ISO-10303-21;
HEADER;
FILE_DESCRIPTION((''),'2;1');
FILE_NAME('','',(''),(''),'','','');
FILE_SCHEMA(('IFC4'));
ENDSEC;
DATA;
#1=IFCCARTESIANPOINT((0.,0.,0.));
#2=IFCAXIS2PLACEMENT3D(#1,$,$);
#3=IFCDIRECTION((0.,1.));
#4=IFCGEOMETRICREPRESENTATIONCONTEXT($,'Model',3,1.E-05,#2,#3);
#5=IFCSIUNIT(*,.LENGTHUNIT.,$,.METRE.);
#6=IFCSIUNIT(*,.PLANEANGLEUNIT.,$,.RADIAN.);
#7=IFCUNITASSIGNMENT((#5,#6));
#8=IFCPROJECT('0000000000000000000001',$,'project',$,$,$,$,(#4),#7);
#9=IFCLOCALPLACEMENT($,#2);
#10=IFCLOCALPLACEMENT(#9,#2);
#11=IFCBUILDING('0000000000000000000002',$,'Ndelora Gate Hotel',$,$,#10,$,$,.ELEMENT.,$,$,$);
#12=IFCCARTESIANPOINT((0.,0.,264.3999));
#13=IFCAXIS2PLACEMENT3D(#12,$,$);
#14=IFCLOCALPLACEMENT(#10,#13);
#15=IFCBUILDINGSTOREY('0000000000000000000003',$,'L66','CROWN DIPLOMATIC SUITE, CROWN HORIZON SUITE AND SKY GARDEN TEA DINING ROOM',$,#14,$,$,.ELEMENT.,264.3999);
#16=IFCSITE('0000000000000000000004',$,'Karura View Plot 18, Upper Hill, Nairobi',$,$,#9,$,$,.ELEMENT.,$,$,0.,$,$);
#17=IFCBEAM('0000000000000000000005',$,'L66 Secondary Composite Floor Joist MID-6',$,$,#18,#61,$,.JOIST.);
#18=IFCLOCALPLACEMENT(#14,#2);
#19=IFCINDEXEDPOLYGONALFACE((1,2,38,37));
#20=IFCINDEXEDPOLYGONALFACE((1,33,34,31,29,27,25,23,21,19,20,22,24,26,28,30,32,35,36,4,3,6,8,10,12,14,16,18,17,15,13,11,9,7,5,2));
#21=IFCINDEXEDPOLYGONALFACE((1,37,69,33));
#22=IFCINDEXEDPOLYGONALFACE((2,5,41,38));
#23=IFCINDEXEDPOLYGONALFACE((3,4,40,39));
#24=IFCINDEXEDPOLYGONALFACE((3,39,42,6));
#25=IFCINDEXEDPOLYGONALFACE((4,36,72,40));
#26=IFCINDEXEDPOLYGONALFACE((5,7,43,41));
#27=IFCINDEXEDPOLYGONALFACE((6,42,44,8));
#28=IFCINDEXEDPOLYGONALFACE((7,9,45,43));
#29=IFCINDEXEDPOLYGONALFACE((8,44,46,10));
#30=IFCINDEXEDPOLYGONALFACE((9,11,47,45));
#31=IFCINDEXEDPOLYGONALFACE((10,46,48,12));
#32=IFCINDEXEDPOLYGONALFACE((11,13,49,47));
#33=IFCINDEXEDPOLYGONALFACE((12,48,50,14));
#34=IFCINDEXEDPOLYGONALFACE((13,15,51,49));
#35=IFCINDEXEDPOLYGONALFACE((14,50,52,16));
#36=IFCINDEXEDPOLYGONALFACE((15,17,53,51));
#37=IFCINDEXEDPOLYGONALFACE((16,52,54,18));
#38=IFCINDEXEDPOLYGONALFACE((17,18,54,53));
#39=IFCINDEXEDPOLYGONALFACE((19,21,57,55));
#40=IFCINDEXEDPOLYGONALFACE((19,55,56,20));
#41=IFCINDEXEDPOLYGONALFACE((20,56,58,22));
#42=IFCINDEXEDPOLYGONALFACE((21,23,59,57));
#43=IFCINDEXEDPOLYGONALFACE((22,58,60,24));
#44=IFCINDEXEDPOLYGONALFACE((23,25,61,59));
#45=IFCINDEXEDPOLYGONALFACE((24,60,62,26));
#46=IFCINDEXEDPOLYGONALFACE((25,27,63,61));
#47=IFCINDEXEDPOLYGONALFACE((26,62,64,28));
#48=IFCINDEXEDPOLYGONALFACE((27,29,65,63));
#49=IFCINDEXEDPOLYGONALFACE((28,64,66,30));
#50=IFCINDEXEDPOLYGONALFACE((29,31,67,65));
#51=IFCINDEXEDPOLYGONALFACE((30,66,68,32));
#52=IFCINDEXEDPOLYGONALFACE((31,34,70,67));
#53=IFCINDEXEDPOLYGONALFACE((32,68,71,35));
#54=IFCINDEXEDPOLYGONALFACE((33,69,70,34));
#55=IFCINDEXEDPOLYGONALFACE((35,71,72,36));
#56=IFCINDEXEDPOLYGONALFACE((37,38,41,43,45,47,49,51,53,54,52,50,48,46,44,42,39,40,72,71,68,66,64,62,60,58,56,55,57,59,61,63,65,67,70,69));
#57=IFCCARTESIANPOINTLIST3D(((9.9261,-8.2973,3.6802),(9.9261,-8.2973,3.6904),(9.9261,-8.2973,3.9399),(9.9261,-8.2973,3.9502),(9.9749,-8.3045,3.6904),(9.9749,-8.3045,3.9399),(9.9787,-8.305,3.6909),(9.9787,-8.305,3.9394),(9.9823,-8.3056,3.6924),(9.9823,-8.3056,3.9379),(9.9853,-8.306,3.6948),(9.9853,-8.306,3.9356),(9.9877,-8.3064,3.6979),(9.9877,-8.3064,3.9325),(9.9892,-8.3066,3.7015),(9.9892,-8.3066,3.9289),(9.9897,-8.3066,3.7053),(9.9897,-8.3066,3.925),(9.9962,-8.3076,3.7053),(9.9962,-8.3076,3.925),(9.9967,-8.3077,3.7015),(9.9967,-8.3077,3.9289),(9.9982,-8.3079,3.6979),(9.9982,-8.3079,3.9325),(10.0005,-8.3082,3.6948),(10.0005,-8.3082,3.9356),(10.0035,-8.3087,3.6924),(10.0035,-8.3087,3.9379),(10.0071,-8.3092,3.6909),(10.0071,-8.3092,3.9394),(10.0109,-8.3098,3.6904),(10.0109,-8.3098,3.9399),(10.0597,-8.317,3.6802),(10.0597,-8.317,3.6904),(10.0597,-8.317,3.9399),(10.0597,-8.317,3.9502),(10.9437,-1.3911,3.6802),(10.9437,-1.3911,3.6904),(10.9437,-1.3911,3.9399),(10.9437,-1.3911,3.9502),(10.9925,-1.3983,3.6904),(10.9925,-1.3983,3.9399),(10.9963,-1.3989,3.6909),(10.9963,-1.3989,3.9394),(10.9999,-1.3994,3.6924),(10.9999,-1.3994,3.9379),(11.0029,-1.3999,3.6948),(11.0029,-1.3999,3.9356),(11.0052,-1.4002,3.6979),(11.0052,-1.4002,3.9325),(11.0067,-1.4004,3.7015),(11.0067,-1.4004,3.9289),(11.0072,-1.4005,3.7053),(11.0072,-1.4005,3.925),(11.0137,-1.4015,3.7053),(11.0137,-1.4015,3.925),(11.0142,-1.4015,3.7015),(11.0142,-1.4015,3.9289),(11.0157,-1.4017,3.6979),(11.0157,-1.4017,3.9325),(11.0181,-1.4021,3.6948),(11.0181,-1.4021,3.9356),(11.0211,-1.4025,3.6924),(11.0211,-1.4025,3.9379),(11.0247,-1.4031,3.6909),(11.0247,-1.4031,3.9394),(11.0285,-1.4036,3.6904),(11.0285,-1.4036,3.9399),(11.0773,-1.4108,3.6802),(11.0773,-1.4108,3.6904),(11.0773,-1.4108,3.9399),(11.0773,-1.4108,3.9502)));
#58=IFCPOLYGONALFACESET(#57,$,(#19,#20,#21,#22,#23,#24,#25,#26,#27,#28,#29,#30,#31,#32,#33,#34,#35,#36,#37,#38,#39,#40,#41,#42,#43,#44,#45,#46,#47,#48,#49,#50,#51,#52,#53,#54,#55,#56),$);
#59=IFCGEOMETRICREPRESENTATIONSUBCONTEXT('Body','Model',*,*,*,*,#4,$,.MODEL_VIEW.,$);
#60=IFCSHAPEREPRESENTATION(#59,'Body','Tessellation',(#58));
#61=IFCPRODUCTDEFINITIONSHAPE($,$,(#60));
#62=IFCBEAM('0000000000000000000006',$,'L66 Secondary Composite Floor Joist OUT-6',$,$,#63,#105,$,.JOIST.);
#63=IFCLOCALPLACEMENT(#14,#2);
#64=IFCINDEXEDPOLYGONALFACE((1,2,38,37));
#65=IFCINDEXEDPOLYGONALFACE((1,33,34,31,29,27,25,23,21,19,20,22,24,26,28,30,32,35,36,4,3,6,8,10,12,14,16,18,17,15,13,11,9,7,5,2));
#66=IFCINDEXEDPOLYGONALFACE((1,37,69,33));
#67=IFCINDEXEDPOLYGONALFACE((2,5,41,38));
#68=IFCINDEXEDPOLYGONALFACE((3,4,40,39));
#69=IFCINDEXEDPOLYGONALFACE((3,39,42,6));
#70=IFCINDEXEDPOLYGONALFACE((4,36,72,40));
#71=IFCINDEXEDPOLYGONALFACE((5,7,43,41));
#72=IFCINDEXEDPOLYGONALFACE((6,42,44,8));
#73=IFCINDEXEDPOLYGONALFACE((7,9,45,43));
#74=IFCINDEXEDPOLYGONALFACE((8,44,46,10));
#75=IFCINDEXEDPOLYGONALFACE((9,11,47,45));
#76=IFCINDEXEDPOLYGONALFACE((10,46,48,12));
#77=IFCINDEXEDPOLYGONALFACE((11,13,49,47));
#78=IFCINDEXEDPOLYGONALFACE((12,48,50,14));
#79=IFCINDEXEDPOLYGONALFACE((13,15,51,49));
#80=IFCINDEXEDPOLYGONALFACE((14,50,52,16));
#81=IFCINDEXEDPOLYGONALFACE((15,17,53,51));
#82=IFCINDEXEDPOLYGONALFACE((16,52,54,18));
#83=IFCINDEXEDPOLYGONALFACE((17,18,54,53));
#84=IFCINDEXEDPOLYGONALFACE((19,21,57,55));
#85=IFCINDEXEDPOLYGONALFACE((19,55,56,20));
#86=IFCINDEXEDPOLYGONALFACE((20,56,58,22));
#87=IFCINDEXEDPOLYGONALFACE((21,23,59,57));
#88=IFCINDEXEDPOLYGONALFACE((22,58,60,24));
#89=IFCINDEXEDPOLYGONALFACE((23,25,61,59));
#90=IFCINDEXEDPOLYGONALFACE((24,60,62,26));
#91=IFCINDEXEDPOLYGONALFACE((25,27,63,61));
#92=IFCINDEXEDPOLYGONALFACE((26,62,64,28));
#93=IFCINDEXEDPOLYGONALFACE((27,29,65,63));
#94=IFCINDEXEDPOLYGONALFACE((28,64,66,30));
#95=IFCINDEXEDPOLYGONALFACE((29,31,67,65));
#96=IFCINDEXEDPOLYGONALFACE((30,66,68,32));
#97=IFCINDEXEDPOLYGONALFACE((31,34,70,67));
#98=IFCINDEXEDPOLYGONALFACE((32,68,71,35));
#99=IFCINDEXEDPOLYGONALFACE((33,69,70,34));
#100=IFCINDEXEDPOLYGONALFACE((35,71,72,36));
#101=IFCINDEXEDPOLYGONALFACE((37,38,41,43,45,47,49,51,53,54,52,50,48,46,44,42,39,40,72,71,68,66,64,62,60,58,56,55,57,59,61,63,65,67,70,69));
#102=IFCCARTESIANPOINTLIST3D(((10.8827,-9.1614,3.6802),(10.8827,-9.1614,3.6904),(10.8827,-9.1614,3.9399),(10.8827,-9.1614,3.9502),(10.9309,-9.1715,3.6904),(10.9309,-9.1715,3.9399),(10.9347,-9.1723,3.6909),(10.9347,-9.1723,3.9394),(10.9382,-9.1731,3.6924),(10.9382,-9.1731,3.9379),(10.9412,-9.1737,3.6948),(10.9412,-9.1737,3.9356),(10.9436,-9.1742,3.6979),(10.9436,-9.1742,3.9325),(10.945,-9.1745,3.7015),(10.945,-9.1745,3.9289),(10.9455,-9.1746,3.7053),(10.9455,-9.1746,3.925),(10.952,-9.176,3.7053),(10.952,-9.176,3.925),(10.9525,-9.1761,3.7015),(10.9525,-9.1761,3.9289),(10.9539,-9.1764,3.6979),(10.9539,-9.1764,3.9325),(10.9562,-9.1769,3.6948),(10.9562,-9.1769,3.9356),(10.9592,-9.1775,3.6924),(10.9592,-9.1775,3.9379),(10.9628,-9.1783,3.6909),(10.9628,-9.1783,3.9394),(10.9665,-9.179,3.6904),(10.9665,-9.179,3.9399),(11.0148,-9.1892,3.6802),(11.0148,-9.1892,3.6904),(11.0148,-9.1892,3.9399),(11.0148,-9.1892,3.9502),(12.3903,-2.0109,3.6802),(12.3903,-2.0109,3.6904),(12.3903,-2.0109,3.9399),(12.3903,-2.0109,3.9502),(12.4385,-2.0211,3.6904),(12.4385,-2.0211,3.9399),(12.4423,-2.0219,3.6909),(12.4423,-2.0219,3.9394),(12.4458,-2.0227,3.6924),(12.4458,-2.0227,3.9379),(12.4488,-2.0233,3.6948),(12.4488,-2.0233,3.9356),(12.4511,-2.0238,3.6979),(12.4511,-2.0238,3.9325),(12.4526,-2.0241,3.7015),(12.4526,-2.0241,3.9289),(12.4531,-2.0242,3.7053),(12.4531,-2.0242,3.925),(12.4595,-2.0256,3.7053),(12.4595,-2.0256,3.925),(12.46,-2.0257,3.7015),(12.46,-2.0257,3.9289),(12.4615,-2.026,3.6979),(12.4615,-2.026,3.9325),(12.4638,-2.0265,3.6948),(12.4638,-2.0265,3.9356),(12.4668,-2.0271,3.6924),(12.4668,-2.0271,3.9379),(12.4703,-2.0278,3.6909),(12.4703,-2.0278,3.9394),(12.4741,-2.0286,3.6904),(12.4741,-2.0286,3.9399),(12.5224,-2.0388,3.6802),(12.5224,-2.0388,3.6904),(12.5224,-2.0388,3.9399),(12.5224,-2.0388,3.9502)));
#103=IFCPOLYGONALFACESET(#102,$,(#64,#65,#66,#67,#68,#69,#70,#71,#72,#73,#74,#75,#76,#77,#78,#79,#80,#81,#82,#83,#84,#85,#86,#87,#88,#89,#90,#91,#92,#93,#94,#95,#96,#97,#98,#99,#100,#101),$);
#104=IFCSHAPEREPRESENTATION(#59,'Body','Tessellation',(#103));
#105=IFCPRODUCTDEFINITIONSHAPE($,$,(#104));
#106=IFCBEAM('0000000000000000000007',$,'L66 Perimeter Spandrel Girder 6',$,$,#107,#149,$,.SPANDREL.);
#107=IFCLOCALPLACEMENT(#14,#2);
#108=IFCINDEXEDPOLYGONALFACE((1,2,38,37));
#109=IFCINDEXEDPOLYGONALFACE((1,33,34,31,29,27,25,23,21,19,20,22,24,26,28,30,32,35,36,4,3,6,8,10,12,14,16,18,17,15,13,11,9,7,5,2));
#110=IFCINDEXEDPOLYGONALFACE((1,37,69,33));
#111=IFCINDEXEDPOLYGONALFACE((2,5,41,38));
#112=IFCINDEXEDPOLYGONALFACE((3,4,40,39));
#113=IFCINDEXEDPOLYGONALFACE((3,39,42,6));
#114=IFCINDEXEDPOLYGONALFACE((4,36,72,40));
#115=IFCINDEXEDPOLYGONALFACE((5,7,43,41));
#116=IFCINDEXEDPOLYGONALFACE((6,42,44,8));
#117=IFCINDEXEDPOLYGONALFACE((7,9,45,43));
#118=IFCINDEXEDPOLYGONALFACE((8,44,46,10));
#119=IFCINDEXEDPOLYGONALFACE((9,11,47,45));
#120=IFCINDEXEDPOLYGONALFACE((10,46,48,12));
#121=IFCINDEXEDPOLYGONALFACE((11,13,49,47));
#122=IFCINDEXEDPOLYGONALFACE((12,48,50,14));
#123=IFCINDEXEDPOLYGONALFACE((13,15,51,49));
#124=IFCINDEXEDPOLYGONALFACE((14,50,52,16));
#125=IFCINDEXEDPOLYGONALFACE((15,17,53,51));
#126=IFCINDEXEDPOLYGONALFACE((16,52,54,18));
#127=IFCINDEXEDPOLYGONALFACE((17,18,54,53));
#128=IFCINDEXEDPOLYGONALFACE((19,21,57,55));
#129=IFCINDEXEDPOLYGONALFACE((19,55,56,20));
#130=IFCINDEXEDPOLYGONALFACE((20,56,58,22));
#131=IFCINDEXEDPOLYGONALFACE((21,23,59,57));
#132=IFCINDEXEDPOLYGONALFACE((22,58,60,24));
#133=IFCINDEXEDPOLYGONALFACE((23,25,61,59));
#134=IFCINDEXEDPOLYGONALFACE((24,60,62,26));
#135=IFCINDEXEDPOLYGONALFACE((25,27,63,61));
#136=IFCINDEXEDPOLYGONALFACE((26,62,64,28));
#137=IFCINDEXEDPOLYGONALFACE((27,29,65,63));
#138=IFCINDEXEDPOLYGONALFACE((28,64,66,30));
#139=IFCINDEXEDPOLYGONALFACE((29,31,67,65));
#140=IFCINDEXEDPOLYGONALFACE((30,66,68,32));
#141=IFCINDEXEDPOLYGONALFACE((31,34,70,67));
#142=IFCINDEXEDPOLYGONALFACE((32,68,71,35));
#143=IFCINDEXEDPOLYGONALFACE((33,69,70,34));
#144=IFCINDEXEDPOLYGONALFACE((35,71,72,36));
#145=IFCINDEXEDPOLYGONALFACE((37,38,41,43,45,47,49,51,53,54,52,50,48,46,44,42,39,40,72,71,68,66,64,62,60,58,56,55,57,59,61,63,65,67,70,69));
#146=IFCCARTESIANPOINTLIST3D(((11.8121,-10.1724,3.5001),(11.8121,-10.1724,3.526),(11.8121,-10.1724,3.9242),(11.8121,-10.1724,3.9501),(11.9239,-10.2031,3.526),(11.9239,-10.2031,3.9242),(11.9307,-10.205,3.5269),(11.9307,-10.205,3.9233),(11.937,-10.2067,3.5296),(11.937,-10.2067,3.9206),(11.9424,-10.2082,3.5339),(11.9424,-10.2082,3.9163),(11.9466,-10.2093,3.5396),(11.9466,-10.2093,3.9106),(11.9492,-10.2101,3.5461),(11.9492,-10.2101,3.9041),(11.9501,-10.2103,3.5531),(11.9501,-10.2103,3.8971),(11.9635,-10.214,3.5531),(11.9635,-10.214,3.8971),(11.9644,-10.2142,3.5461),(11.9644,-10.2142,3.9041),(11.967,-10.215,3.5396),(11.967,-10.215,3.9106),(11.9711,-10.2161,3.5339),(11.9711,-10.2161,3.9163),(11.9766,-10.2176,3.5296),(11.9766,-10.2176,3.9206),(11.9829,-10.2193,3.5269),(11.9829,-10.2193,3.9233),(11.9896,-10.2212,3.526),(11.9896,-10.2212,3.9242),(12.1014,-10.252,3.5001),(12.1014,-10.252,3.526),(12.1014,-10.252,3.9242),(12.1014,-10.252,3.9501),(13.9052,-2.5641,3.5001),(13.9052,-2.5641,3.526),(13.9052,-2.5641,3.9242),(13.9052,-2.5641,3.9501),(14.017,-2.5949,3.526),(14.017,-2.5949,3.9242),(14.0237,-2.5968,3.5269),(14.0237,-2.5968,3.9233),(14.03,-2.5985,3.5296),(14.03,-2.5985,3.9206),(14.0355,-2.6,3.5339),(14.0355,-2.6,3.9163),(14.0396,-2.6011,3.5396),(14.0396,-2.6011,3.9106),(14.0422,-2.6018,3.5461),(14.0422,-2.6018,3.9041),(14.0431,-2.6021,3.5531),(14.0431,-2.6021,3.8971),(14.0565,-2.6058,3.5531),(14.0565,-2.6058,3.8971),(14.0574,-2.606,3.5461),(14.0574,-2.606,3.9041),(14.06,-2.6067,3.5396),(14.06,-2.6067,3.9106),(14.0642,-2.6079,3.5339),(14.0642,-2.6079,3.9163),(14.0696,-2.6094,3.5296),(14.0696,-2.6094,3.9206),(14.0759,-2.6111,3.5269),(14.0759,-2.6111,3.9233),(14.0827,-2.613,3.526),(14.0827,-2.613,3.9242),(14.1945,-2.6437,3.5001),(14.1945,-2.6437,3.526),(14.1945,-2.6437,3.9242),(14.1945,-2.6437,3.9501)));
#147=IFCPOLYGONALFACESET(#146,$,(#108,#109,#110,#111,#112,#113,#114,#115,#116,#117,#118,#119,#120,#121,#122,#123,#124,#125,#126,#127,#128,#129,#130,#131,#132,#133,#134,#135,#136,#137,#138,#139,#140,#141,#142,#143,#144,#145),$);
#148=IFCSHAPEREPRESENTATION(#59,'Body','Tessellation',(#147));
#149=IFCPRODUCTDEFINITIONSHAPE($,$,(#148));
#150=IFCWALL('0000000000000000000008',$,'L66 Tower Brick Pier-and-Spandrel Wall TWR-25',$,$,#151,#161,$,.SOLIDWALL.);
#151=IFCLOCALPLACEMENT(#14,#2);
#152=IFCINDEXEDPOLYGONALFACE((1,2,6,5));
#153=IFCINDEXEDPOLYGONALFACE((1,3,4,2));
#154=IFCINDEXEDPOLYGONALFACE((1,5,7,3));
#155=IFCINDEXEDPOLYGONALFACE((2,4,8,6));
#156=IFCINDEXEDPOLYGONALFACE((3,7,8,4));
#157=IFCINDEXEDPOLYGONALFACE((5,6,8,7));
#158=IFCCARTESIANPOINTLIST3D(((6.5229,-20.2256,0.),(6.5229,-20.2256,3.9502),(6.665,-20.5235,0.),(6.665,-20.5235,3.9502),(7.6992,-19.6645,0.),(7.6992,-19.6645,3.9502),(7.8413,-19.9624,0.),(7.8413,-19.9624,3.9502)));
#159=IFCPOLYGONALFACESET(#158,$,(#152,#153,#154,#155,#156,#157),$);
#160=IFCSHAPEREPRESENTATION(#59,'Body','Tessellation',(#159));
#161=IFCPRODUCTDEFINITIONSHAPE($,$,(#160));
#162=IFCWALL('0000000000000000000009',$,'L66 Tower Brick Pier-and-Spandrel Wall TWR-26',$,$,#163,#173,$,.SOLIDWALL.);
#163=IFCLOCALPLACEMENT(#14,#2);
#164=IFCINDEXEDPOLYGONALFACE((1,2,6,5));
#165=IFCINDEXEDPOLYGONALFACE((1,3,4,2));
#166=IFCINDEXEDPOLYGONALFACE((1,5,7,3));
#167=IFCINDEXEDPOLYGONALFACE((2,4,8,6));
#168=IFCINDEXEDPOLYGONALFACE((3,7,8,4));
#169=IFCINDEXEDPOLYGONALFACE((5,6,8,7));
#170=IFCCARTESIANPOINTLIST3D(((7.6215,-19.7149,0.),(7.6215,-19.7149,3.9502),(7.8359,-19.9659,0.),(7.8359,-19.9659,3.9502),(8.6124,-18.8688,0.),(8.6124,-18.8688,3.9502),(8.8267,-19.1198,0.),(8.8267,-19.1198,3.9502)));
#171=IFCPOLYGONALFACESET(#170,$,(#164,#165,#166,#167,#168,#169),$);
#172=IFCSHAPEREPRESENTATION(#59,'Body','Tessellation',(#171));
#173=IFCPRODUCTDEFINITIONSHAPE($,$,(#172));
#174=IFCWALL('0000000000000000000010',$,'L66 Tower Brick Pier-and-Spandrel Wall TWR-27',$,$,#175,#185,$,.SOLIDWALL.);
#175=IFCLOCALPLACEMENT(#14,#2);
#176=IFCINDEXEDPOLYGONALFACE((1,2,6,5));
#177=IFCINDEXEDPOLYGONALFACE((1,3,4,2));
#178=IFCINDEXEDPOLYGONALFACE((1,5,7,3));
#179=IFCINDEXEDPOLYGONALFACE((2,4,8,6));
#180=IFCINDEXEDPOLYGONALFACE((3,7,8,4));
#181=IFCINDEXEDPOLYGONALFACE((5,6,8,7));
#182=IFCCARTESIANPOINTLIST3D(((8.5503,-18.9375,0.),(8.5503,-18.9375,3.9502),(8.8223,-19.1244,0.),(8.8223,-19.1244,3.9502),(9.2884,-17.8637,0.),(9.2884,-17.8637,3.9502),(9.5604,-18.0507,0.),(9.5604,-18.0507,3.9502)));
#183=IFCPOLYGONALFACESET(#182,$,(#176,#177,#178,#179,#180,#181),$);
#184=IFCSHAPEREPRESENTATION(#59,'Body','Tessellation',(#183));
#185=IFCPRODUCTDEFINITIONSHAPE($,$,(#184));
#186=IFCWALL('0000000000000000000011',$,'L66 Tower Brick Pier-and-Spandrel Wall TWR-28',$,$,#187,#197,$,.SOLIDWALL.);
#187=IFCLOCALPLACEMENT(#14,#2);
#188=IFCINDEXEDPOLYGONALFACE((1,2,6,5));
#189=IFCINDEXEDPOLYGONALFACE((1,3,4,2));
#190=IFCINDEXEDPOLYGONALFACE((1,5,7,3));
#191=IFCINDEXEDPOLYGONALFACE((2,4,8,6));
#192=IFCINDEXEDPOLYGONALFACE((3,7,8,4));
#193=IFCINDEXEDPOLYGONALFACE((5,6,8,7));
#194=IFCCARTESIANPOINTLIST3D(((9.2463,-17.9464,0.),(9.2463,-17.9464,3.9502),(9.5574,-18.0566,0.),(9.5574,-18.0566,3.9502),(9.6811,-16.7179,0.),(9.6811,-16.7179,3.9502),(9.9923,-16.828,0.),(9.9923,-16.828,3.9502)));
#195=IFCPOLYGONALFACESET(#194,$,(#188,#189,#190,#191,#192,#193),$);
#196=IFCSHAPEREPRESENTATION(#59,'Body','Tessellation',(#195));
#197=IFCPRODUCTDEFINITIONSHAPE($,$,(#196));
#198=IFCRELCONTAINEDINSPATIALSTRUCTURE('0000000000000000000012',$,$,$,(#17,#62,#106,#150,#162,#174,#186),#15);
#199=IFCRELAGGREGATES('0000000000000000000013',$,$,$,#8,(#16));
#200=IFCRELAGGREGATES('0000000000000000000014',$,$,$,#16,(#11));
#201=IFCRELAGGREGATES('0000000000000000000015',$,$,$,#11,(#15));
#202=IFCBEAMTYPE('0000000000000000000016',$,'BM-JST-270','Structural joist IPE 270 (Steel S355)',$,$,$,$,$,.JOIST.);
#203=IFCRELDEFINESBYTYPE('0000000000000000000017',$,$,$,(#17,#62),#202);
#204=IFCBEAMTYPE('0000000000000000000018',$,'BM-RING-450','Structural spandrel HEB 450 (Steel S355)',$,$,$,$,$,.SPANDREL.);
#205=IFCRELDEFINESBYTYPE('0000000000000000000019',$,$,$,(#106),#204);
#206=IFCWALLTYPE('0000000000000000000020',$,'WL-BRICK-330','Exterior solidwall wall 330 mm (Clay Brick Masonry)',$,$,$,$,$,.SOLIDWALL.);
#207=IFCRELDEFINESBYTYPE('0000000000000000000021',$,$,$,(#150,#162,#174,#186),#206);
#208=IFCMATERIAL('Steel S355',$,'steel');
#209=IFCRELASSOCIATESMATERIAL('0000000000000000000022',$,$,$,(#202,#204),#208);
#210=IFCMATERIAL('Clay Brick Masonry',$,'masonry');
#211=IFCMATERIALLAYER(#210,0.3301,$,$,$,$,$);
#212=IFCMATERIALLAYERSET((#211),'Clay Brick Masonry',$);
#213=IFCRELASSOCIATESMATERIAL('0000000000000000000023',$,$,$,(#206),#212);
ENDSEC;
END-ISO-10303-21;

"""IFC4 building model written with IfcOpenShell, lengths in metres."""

from ifc_helpers import new_model, si_unit, direction, frame, frame_2d, origin, origin_2d, place, context, subcontext, project, spatial, rectangle, i_section, extrude, material, layer, layer_set, material_profile, profile_set, type_object, element, save


model = new_model("IFC4")

# Units and contexts
model_context = context("Model", 3, precision=1e-05, world=origin(), true_north=direction((0.0, 1.0)))
body_context = subcontext(model_context, "Body", "Model", "MODEL_VIEW")
ifc_project = project(units=[si_unit("LENGTHUNIT", "METRE"), si_unit("PLANEANGLEUNIT", "RADIAN")], contexts=[model_context])

# Site, building, storey
site_placement = place(None, origin())
site = spatial("IfcSite", under=ifc_project, at=site_placement, Name="Karura View Plot 18, Upper Hill, Nairobi", CompositionType="ELEMENT", RefElevation=0.0)
building_placement = place(site_placement, origin())
building = spatial("IfcBuilding", under=site, at=building_placement, Name="Ndelora Gate Hotel", CompositionType="ELEMENT")
storey_placement = place(building_placement, frame((0.0, 0.0, 264.3999)))
storey = spatial("IfcBuildingStorey", under=building, at=storey_placement, Name="L66", Description="CROWN DIPLOMATIC SUITE, CROWN HORIZON SUITE AND SKY GARDEN TEA DINING ROOM", CompositionType="ELEMENT", Elevation=264.3999)

# Beams
ifc_material_1 = material(Name="Steel S355", Category="steel")
ifc_material_profile_1 = material_profile(ifc_material_1, i_section(OverallWidth=0.135, OverallDepth=0.27, WebThickness=0.0066, FlangeThickness=0.0103, FilletRadius=0.0149, at=origin_2d()), Name="IPE 270")
ifc_profile_set_1 = profile_set([ifc_material_profile_1], Name="Steel S355")
beam_type_1 = type_object("IfcBeamType", Name="BM-JST-270", Description="Structural joist IPE 270 (Steel S355)", PredefinedType="JOIST", material=ifc_profile_set_1)
beam_1_placement = place(storey_placement, frame((9.9929, -8.3071, 3.8152), z_axis=(0.145768, 0.989319, 0.0), x_axis=(-0.989319, 0.145768, 0.0)))
element("IfcBeam", 1, at=beam_1_placement, inside=storey, type_object=beam_type_1, Name="L66 Secondary Composite Floor Joist MID-6", PredefinedType="JOIST", context=body_context, shape_type="SweptSolid", body=[
    extrude(i_section(OverallWidth=0.135, OverallDepth=0.27, WebThickness=0.0066, FlangeThickness=0.0103, FilletRadius=0.0149, at=origin_2d()), origin(), (0.0, 0.0, 1.0), 6.9807),
])
beam_2_placement = place(storey_placement, frame((10.9487, -9.1753, 3.8152), z_axis=(0.206302, 0.978488, 0.0), x_axis=(-0.978488, 0.206302, 0.0)))
element("IfcBeam", 2, at=beam_2_placement, inside=storey, type_object=beam_type_1, Name="L66 Secondary Composite Floor Joist OUT-6", PredefinedType="JOIST", context=body_context, shape_type="SweptSolid", body=[
    extrude(i_section(OverallWidth=0.135, OverallDepth=0.27, WebThickness=0.0066, FlangeThickness=0.0103, FilletRadius=0.0149, at=origin_2d()), origin(), (0.0, 0.0, 1.0), 7.3076),
])
ifc_material_profile_2 = material_profile(ifc_material_1, i_section(OverallWidth=0.3, OverallDepth=0.45, WebThickness=0.0139, FlangeThickness=0.0259, FilletRadius=0.0271, at=origin_2d()), Name="HEB 450")
ifc_profile_set_2 = profile_set([ifc_material_profile_2], Name="Steel S355")
beam_type_2 = type_object("IfcBeamType", Name="BM-RING-450", Description="Structural spandrel HEB 450 (Steel S355)", PredefinedType="SPANDREL", material=ifc_profile_set_2)
beam_3_placement = place(storey_placement, frame((11.9568, -10.2122, 3.7251), z_axis=(0.265248, 0.96418, 0.0), x_axis=(-0.96418, 0.265248, 0.0)))
element("IfcBeam", 3, at=beam_3_placement, inside=storey, type_object=beam_type_2, Name="L66 Perimeter Spandrel Girder 6", PredefinedType="SPANDREL", context=body_context, shape_type="SweptSolid", body=[
    extrude(i_section(OverallWidth=0.3, OverallDepth=0.45, WebThickness=0.0139, FlangeThickness=0.0259, FilletRadius=0.0271, at=origin_2d()), origin(), (0.0, 0.0, 1.0), 7.8909),
])

# Walls
ifc_material_2 = material(Name="Clay Brick Masonry", Category="masonry")
ifc_layer_1 = layer(ifc_material_2, 0.3301)
ifc_layer_set_1 = layer_set([ifc_layer_1], Name="Clay Brick Masonry")
wall_type_1 = type_object("IfcWallType", Name="WL-BRICK-330", Description="Exterior solidwall wall 330 mm (Clay Brick Masonry)", PredefinedType="SOLIDWALL", material=ifc_layer_set_1)
wall_1_placement = place(storey_placement, frame((7.7703, -19.8135, 0.0), z_axis=(0.0, 0.0, 1.0), x_axis=(-0.90259, -0.430501, 0.0)))
element("IfcWall", 4, at=wall_1_placement, inside=storey, type_object=wall_type_1, Name="L66 Tower Brick Pier-and-Spandrel Wall TWR-25", PredefinedType="SOLIDWALL", context=body_context, shape_type="SweptSolid", body=[
    extrude(rectangle(XDim=1.3032, YDim=0.3301, at=frame_2d((0.6516, 0.0))), origin(), (0.0, 0.0, 1.0), 3.9502),
])
for number, where, z_axis, x_axis, name in (
    (5, (8.7195, -18.9944, 0.0), (0.0, 0.0, 1.0), (-0.760472, -0.649371, 0.0), "L66 Tower Brick Pier-and-Spandrel Wall TWR-26"),
    (6, (9.4243, -17.9573, 0.0), (0.0, 0.0, 1.0), (-0.566449, -0.824097, 0.0), "L66 Tower Brick Pier-and-Spandrel Wall TWR-27"),
):
    element("IfcWall", number, at=place(storey_placement, frame(where, z_axis=z_axis, x_axis=x_axis)), inside=storey, type_object=wall_type_1, Name=name, PredefinedType="SOLIDWALL", context=body_context, shape_type="SweptSolid", body=[
        extrude(rectangle(XDim=1.303, YDim=0.3301, at=frame_2d((0.6514, 0.0))), origin(), (0.0, 0.0, 1.0), 3.9502),
    ])
wall_2_placement = place(storey_placement, frame((9.8367, -16.7729, 0.0), z_axis=(0.0, 0.0, 1.0), x_axis=(-0.333653, -0.942696, 0.0)))
element("IfcWall", 7, at=wall_2_placement, inside=storey, type_object=wall_type_1, Name="L66 Tower Brick Pier-and-Spandrel Wall TWR-28", PredefinedType="SOLIDWALL", context=body_context, shape_type="SweptSolid", body=[
    extrude(rectangle(XDim=1.3032, YDim=0.3301, at=frame_2d((0.6516, 0.0))), origin(), (0.0, 0.0, 1.0), 3.9502),
])

save(model, "model.ifc")
